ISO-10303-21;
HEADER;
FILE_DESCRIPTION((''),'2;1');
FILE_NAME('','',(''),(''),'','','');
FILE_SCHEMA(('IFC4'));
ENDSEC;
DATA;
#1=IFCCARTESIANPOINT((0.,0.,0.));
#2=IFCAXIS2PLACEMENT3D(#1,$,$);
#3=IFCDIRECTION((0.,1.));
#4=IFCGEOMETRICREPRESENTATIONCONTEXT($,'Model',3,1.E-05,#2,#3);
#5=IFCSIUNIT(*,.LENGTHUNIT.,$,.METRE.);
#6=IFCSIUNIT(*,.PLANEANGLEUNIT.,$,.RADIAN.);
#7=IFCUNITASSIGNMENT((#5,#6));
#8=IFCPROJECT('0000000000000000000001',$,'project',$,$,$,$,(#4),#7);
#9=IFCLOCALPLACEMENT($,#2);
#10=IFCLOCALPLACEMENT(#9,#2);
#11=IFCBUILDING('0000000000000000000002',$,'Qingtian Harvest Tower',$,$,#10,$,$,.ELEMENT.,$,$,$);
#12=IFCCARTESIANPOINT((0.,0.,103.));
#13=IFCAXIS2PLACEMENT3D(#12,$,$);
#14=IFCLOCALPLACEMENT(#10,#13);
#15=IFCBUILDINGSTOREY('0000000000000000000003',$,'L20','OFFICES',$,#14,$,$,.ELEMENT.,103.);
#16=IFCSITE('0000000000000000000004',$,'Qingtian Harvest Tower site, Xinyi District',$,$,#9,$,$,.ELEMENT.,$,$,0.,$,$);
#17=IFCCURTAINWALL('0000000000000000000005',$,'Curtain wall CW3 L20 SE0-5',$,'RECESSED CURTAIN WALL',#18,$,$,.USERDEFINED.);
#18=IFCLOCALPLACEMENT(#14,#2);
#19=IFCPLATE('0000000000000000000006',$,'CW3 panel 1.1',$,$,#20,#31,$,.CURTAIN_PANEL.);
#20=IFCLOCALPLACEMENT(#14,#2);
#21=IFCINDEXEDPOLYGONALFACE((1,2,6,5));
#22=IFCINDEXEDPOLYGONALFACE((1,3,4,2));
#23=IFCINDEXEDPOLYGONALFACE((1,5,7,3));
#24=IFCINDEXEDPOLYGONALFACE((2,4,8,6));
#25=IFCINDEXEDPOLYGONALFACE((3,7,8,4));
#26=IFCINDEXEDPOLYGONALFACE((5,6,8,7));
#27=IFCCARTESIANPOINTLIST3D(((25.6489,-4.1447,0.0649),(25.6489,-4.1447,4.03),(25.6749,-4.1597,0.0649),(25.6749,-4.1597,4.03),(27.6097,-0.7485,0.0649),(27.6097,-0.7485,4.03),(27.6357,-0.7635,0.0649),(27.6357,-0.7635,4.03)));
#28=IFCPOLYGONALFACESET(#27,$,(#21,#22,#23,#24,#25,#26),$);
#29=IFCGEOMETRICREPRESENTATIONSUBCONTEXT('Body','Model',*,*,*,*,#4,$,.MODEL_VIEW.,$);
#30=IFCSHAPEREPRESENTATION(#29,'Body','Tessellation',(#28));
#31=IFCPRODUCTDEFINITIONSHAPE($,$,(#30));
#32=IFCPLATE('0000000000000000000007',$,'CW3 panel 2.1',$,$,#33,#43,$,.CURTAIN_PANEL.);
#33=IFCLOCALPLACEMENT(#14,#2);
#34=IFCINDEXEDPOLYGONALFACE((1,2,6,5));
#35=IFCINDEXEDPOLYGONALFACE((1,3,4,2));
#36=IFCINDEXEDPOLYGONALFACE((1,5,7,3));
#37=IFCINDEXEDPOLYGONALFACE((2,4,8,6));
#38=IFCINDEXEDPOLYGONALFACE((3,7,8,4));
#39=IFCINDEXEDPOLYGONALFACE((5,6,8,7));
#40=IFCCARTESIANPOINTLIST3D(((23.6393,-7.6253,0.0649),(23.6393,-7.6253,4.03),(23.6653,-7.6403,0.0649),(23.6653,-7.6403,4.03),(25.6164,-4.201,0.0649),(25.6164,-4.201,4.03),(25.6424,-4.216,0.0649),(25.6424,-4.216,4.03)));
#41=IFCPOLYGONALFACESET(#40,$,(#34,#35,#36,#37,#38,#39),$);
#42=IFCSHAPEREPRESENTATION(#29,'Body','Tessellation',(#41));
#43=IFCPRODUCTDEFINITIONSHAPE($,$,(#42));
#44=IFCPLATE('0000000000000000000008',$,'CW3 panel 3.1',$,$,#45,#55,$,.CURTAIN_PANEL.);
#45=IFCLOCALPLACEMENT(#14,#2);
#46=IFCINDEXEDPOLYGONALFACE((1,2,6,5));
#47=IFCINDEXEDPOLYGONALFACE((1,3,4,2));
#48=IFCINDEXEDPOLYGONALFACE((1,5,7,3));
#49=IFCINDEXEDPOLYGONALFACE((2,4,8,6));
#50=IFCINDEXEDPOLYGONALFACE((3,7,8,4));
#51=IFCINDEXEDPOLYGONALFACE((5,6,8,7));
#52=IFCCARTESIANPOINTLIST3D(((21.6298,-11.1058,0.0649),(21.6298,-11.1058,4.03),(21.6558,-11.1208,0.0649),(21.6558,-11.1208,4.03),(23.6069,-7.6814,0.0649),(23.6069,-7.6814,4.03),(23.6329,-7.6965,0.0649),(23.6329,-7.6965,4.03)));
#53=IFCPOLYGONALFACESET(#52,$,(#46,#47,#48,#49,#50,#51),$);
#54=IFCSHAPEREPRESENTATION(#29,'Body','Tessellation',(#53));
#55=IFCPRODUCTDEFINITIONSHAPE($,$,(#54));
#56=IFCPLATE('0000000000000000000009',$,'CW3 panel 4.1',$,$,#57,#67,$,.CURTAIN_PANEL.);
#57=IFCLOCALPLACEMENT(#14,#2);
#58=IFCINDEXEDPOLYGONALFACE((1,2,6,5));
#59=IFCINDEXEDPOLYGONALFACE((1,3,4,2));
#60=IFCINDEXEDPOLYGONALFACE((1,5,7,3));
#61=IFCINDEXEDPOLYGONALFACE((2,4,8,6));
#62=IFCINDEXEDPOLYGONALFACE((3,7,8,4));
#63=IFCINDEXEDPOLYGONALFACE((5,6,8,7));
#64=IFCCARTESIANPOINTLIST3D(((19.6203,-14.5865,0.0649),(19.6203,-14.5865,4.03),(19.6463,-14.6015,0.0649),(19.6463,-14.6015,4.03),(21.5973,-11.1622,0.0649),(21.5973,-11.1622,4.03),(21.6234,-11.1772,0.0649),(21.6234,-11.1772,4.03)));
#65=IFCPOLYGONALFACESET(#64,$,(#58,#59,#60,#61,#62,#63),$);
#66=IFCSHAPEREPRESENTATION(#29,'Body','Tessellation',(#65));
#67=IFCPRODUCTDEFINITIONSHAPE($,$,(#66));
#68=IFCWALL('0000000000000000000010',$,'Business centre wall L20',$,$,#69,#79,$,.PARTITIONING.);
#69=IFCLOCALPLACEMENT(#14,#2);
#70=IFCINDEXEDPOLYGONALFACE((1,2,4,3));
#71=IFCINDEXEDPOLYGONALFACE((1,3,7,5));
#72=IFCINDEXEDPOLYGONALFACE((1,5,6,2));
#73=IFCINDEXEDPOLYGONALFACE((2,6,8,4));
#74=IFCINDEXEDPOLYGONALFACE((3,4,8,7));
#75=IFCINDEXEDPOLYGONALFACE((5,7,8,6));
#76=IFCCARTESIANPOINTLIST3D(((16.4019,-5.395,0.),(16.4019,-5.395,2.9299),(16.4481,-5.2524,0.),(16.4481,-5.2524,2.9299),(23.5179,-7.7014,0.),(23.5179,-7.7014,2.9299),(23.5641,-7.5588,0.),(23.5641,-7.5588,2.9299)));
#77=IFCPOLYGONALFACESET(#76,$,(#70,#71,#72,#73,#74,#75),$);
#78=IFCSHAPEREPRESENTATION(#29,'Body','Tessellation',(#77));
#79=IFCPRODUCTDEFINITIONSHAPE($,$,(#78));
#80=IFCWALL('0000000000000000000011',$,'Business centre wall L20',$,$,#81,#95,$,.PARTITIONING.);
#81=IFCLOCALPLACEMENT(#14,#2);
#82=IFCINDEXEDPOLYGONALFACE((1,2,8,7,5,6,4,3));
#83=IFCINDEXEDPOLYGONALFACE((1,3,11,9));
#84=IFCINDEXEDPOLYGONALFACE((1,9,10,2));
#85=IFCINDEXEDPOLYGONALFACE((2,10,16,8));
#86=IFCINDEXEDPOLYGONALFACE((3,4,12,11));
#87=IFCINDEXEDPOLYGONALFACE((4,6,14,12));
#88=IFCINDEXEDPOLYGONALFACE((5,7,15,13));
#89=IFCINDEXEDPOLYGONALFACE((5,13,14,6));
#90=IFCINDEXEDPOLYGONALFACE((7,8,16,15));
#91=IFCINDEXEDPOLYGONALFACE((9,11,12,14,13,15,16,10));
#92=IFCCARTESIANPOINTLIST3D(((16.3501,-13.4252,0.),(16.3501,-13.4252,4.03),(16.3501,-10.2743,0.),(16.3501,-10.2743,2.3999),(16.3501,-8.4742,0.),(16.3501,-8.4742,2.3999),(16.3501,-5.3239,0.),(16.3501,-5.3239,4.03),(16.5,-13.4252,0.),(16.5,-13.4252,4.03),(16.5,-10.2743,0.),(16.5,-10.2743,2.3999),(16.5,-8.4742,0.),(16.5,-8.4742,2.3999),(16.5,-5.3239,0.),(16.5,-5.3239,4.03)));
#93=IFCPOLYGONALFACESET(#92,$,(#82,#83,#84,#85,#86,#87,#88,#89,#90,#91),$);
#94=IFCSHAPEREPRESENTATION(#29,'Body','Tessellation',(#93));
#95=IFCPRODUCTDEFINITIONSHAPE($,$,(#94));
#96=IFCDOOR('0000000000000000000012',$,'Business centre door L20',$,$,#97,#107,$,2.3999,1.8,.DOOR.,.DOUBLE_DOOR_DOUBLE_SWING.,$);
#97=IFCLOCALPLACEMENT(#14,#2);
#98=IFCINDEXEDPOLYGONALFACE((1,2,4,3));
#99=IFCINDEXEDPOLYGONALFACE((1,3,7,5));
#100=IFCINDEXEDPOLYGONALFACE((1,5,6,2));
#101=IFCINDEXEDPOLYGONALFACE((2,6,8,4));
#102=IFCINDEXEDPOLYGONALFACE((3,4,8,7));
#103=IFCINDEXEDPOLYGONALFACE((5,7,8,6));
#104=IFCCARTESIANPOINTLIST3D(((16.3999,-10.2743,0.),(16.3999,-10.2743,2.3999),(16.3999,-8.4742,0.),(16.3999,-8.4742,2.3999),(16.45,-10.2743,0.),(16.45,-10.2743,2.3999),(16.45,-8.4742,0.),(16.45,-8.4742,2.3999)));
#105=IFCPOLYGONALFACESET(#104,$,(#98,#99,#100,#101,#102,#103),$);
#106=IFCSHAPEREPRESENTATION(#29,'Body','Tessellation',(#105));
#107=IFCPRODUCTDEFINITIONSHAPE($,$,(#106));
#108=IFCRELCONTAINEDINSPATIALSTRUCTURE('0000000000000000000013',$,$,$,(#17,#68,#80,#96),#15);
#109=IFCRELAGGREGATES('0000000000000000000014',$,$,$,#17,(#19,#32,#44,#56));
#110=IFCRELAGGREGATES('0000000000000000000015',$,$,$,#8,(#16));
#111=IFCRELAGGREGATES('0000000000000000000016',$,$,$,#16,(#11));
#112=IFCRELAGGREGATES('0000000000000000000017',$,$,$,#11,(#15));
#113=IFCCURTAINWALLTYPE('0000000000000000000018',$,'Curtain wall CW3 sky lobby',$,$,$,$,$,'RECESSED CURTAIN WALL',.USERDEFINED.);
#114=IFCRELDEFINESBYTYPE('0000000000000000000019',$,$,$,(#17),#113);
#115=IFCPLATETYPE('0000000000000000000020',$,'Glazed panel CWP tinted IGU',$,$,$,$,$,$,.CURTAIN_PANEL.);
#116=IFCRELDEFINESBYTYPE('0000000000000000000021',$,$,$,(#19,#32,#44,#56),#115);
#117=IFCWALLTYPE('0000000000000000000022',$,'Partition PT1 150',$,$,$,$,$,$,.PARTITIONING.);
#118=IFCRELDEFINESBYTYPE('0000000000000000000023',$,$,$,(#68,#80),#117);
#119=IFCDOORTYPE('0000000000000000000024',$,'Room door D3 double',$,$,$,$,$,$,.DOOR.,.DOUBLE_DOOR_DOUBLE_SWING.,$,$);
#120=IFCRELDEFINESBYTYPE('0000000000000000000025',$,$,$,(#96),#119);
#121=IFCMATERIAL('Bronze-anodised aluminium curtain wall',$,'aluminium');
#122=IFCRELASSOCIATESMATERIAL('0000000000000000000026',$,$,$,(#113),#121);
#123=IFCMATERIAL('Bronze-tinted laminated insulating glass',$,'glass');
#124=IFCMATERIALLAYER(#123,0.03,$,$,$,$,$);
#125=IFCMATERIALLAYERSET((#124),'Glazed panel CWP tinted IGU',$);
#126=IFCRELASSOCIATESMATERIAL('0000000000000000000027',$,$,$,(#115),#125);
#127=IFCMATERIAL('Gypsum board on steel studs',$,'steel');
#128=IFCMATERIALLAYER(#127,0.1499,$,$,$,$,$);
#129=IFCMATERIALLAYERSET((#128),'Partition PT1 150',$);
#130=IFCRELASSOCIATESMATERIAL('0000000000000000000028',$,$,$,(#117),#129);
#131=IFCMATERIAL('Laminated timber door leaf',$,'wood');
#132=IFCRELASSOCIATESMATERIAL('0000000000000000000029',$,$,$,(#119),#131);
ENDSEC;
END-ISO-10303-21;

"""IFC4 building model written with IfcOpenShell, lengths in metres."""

from ifc_helpers import new_model, si_unit, direction, frame, frame_2d, origin, origin_2d, place, context, subcontext, project, spatial, rectangle, extrude, material, layer, layer_set, type_object, element, fill, aggregate, save


model = new_model("IFC4")

# Units and contexts
model_context = context("Model", 3, precision=1e-05, world=origin(), true_north=direction((0.0, 1.0)))
body_context = subcontext(model_context, "Body", "Model", "MODEL_VIEW")
ifc_project = project(units=[si_unit("LENGTHUNIT", "METRE"), si_unit("PLANEANGLEUNIT", "RADIAN")], contexts=[model_context])

# Site, building, storey
site_placement = place(None, origin())
site = spatial("IfcSite", under=ifc_project, at=site_placement, Name="Qingtian Harvest Tower site, Xinyi District", CompositionType="ELEMENT", RefElevation=0.0)
building_placement = place(site_placement, origin())
building = spatial("IfcBuilding", under=site, at=building_placement, Name="Qingtian Harvest Tower", CompositionType="ELEMENT")
storey_placement = place(building_placement, frame((0.0, 0.0, 103.0)))
storey = spatial("IfcBuildingStorey", under=building, at=storey_placement, Name="L20", Description="OFFICES", CompositionType="ELEMENT", Elevation=103.0)

# Shared definitions
ifc_material_1 = material(Name="Bronze-anodised aluminium curtain wall", Category="aluminium")
curtain_wall_type = type_object("IfcCurtainWallType", Name="Curtain wall CW3 sky lobby", ElementType="RECESSED CURTAIN WALL", PredefinedType="USERDEFINED", material=ifc_material_1)

# Curtain wall
curtain_wall_1_placement = place(storey_placement, origin())
curtain_wall_1 = element("IfcCurtainWall", 1, at=curtain_wall_1_placement, inside=storey, type_object=curtain_wall_type, Name="Curtain wall CW3 L20 SE0-5", ObjectType="RECESSED CURTAIN WALL", PredefinedType="USERDEFINED")

# Plates
ifc_material_2 = material(Name="Bronze-tinted laminated insulating glass", Category="glass")
ifc_layer_1 = layer(ifc_material_2, 0.03)
ifc_layer_set_1 = layer_set([ifc_layer_1], Name="Glazed panel CWP tinted IGU")
plate_type = type_object("IfcPlateType", Name="Glazed panel CWP tinted IGU", PredefinedType="CURTAIN_PANEL", material=ifc_layer_set_1)
plate_1_placement = place(storey_placement, frame((26.6423, -2.4541, 0.0649), z_axis=(0.0, 0.0, 1.0), x_axis=(-0.5, -0.866025, 0.0)))
plate_1 = element("IfcPlate", 2, at=plate_1_placement, type_object=plate_type, Name="CW3 panel 1.1", PredefinedType="CURTAIN_PANEL", context=body_context, shape_type="SweptSolid", body=[
    extrude(rectangle(XDim=3.9216, YDim=0.03, at=origin_2d()), origin(), (0.0, 0.0, 1.0), 3.9651),
])
plate_2_placement = place(storey_placement, frame((24.6409, -5.9207, 0.0649), z_axis=(0.0, 0.0, 1.0), x_axis=(-0.5, -0.866025, 0.0)))
plate_2 = element("IfcPlate", 3, at=plate_2_placement, type_object=plate_type, Name="CW3 panel 2.1", PredefinedType="CURTAIN_PANEL", context=body_context, shape_type="SweptSolid", body=[
    extrude(rectangle(XDim=3.9541, YDim=0.03, at=origin_2d()), origin(), (0.0, 0.0, 1.0), 3.9651),
])
plate_3_placement = place(storey_placement, frame((22.6313, -9.4011, 0.0649), z_axis=(0.0, 0.0, 1.0), x_axis=(-0.5, -0.866025, 0.0)))
plate_3 = element("IfcPlate", 4, at=plate_3_placement, type_object=plate_type, Name="CW3 panel 3.1", PredefinedType="CURTAIN_PANEL", context=body_context, shape_type="SweptSolid", body=[
    extrude(rectangle(XDim=3.9541, YDim=0.03, at=origin_2d()), origin(), (0.0, 0.0, 1.0), 3.9651),
])
plate_4_placement = place(storey_placement, frame((20.6218, -12.8818, 0.0649), z_axis=(0.0, 0.0, 1.0), x_axis=(-0.5, -0.866025, 0.0)))
plate_4 = element("IfcPlate", 5, at=plate_4_placement, type_object=plate_type, Name="CW3 panel 4.1", PredefinedType="CURTAIN_PANEL", context=body_context, shape_type="SweptSolid", body=[
    extrude(rectangle(XDim=3.9541, YDim=0.03, at=origin_2d()), origin(), (0.0, 0.0, 1.0), 3.9651),
])
aggregate(curtain_wall_1, [plate_1, plate_2, plate_3, plate_4])

# Wall
ifc_material_3 = material(Name="Gypsum board on steel studs", Category="steel")
ifc_layer_2 = layer(ifc_material_3, 0.1499)
ifc_layer_set_2 = layer_set([ifc_layer_2], Name="Partition PT1 150")
wall_type = type_object("IfcWallType", Name="Partition PT1 150", PredefinedType="PARTITIONING", material=ifc_layer_set_2)
wall_1_placement = place(storey_placement, frame((23.541, -7.6301, 0.0), z_axis=(0.0, 0.0, 1.0), x_axis=(-0.951281, 0.308325, 0.0)))
element("IfcWall", 6, at=wall_1_placement, inside=storey, type_object=wall_type, Name="Business centre wall L20", PredefinedType="PARTITIONING", context=body_context, shape_type="SweptSolid", body=[
    extrude(rectangle(XDim=7.4805, YDim=0.1499, at=frame_2d((3.7402, 0.0))), origin(), (0.0, 0.0, 1.0), 2.9299),
])

# Wall, opening, door
wall_2_placement = place(storey_placement, frame((16.425, -5.3237, 0.0), z_axis=(0.0, 0.0, 1.0), x_axis=(0.0, -1.0, 0.0)))
wall_2 = element("IfcWall", 7, at=wall_2_placement, inside=storey, type_object=wall_type, Name="Business centre wall L20", PredefinedType="PARTITIONING", context=body_context, shape_type="SweptSolid", body=[
    extrude(rectangle(XDim=8.1013, YDim=0.1499, at=frame_2d((4.0508, 0.0))), origin(), (0.0, 0.0, 1.0), 4.03),
])
opening_placement = place(wall_2_placement, frame((3.1506, 0.0, 0.0)))
opening = element("IfcOpeningElement", 8, at=opening_placement, cuts=wall_2, PredefinedType="OPENING", context=body_context, shape_type="SweptSolid", body=[
    extrude(rectangle(XDim=1.8, YDim=2.3999, at=frame_2d((0.8999, 1.2))), frame((0.0, 0.085, 0.0), z_axis=(0.0, -1.0, 0.0), x_axis=(1.0, 0.0, 0.0)), (0.0, 0.0, 1.0), 0.1699),
])
ifc_material_4 = material(Name="Laminated timber door leaf", Category="wood")
door_type = type_object("IfcDoorType", Name="Room door D3 double", OperationType="DOUBLE_DOOR_DOUBLE_SWING", PredefinedType="DOOR", material=ifc_material_4)
door_placement = place(opening_placement, origin())
door = element("IfcDoor", 9, at=door_placement, inside=storey, type_object=door_type, Name="Business centre door L20", OperationType="DOUBLE_DOOR_DOUBLE_SWING", OverallHeight=2.3999, OverallWidth=1.8, PredefinedType="DOOR", context=body_context, shape_type="SweptSolid", body=[
    extrude(rectangle(XDim=1.8, YDim=2.3999, at=frame_2d((0.8999, 1.2))), frame((0.0, 0.0249, 0.0), z_axis=(0.0, -1.0, 0.0), x_axis=(1.0, 0.0, 0.0)), (0.0, 0.0, 1.0), 0.05),
])
fill(opening, door)

save(model, "model.ifc")
